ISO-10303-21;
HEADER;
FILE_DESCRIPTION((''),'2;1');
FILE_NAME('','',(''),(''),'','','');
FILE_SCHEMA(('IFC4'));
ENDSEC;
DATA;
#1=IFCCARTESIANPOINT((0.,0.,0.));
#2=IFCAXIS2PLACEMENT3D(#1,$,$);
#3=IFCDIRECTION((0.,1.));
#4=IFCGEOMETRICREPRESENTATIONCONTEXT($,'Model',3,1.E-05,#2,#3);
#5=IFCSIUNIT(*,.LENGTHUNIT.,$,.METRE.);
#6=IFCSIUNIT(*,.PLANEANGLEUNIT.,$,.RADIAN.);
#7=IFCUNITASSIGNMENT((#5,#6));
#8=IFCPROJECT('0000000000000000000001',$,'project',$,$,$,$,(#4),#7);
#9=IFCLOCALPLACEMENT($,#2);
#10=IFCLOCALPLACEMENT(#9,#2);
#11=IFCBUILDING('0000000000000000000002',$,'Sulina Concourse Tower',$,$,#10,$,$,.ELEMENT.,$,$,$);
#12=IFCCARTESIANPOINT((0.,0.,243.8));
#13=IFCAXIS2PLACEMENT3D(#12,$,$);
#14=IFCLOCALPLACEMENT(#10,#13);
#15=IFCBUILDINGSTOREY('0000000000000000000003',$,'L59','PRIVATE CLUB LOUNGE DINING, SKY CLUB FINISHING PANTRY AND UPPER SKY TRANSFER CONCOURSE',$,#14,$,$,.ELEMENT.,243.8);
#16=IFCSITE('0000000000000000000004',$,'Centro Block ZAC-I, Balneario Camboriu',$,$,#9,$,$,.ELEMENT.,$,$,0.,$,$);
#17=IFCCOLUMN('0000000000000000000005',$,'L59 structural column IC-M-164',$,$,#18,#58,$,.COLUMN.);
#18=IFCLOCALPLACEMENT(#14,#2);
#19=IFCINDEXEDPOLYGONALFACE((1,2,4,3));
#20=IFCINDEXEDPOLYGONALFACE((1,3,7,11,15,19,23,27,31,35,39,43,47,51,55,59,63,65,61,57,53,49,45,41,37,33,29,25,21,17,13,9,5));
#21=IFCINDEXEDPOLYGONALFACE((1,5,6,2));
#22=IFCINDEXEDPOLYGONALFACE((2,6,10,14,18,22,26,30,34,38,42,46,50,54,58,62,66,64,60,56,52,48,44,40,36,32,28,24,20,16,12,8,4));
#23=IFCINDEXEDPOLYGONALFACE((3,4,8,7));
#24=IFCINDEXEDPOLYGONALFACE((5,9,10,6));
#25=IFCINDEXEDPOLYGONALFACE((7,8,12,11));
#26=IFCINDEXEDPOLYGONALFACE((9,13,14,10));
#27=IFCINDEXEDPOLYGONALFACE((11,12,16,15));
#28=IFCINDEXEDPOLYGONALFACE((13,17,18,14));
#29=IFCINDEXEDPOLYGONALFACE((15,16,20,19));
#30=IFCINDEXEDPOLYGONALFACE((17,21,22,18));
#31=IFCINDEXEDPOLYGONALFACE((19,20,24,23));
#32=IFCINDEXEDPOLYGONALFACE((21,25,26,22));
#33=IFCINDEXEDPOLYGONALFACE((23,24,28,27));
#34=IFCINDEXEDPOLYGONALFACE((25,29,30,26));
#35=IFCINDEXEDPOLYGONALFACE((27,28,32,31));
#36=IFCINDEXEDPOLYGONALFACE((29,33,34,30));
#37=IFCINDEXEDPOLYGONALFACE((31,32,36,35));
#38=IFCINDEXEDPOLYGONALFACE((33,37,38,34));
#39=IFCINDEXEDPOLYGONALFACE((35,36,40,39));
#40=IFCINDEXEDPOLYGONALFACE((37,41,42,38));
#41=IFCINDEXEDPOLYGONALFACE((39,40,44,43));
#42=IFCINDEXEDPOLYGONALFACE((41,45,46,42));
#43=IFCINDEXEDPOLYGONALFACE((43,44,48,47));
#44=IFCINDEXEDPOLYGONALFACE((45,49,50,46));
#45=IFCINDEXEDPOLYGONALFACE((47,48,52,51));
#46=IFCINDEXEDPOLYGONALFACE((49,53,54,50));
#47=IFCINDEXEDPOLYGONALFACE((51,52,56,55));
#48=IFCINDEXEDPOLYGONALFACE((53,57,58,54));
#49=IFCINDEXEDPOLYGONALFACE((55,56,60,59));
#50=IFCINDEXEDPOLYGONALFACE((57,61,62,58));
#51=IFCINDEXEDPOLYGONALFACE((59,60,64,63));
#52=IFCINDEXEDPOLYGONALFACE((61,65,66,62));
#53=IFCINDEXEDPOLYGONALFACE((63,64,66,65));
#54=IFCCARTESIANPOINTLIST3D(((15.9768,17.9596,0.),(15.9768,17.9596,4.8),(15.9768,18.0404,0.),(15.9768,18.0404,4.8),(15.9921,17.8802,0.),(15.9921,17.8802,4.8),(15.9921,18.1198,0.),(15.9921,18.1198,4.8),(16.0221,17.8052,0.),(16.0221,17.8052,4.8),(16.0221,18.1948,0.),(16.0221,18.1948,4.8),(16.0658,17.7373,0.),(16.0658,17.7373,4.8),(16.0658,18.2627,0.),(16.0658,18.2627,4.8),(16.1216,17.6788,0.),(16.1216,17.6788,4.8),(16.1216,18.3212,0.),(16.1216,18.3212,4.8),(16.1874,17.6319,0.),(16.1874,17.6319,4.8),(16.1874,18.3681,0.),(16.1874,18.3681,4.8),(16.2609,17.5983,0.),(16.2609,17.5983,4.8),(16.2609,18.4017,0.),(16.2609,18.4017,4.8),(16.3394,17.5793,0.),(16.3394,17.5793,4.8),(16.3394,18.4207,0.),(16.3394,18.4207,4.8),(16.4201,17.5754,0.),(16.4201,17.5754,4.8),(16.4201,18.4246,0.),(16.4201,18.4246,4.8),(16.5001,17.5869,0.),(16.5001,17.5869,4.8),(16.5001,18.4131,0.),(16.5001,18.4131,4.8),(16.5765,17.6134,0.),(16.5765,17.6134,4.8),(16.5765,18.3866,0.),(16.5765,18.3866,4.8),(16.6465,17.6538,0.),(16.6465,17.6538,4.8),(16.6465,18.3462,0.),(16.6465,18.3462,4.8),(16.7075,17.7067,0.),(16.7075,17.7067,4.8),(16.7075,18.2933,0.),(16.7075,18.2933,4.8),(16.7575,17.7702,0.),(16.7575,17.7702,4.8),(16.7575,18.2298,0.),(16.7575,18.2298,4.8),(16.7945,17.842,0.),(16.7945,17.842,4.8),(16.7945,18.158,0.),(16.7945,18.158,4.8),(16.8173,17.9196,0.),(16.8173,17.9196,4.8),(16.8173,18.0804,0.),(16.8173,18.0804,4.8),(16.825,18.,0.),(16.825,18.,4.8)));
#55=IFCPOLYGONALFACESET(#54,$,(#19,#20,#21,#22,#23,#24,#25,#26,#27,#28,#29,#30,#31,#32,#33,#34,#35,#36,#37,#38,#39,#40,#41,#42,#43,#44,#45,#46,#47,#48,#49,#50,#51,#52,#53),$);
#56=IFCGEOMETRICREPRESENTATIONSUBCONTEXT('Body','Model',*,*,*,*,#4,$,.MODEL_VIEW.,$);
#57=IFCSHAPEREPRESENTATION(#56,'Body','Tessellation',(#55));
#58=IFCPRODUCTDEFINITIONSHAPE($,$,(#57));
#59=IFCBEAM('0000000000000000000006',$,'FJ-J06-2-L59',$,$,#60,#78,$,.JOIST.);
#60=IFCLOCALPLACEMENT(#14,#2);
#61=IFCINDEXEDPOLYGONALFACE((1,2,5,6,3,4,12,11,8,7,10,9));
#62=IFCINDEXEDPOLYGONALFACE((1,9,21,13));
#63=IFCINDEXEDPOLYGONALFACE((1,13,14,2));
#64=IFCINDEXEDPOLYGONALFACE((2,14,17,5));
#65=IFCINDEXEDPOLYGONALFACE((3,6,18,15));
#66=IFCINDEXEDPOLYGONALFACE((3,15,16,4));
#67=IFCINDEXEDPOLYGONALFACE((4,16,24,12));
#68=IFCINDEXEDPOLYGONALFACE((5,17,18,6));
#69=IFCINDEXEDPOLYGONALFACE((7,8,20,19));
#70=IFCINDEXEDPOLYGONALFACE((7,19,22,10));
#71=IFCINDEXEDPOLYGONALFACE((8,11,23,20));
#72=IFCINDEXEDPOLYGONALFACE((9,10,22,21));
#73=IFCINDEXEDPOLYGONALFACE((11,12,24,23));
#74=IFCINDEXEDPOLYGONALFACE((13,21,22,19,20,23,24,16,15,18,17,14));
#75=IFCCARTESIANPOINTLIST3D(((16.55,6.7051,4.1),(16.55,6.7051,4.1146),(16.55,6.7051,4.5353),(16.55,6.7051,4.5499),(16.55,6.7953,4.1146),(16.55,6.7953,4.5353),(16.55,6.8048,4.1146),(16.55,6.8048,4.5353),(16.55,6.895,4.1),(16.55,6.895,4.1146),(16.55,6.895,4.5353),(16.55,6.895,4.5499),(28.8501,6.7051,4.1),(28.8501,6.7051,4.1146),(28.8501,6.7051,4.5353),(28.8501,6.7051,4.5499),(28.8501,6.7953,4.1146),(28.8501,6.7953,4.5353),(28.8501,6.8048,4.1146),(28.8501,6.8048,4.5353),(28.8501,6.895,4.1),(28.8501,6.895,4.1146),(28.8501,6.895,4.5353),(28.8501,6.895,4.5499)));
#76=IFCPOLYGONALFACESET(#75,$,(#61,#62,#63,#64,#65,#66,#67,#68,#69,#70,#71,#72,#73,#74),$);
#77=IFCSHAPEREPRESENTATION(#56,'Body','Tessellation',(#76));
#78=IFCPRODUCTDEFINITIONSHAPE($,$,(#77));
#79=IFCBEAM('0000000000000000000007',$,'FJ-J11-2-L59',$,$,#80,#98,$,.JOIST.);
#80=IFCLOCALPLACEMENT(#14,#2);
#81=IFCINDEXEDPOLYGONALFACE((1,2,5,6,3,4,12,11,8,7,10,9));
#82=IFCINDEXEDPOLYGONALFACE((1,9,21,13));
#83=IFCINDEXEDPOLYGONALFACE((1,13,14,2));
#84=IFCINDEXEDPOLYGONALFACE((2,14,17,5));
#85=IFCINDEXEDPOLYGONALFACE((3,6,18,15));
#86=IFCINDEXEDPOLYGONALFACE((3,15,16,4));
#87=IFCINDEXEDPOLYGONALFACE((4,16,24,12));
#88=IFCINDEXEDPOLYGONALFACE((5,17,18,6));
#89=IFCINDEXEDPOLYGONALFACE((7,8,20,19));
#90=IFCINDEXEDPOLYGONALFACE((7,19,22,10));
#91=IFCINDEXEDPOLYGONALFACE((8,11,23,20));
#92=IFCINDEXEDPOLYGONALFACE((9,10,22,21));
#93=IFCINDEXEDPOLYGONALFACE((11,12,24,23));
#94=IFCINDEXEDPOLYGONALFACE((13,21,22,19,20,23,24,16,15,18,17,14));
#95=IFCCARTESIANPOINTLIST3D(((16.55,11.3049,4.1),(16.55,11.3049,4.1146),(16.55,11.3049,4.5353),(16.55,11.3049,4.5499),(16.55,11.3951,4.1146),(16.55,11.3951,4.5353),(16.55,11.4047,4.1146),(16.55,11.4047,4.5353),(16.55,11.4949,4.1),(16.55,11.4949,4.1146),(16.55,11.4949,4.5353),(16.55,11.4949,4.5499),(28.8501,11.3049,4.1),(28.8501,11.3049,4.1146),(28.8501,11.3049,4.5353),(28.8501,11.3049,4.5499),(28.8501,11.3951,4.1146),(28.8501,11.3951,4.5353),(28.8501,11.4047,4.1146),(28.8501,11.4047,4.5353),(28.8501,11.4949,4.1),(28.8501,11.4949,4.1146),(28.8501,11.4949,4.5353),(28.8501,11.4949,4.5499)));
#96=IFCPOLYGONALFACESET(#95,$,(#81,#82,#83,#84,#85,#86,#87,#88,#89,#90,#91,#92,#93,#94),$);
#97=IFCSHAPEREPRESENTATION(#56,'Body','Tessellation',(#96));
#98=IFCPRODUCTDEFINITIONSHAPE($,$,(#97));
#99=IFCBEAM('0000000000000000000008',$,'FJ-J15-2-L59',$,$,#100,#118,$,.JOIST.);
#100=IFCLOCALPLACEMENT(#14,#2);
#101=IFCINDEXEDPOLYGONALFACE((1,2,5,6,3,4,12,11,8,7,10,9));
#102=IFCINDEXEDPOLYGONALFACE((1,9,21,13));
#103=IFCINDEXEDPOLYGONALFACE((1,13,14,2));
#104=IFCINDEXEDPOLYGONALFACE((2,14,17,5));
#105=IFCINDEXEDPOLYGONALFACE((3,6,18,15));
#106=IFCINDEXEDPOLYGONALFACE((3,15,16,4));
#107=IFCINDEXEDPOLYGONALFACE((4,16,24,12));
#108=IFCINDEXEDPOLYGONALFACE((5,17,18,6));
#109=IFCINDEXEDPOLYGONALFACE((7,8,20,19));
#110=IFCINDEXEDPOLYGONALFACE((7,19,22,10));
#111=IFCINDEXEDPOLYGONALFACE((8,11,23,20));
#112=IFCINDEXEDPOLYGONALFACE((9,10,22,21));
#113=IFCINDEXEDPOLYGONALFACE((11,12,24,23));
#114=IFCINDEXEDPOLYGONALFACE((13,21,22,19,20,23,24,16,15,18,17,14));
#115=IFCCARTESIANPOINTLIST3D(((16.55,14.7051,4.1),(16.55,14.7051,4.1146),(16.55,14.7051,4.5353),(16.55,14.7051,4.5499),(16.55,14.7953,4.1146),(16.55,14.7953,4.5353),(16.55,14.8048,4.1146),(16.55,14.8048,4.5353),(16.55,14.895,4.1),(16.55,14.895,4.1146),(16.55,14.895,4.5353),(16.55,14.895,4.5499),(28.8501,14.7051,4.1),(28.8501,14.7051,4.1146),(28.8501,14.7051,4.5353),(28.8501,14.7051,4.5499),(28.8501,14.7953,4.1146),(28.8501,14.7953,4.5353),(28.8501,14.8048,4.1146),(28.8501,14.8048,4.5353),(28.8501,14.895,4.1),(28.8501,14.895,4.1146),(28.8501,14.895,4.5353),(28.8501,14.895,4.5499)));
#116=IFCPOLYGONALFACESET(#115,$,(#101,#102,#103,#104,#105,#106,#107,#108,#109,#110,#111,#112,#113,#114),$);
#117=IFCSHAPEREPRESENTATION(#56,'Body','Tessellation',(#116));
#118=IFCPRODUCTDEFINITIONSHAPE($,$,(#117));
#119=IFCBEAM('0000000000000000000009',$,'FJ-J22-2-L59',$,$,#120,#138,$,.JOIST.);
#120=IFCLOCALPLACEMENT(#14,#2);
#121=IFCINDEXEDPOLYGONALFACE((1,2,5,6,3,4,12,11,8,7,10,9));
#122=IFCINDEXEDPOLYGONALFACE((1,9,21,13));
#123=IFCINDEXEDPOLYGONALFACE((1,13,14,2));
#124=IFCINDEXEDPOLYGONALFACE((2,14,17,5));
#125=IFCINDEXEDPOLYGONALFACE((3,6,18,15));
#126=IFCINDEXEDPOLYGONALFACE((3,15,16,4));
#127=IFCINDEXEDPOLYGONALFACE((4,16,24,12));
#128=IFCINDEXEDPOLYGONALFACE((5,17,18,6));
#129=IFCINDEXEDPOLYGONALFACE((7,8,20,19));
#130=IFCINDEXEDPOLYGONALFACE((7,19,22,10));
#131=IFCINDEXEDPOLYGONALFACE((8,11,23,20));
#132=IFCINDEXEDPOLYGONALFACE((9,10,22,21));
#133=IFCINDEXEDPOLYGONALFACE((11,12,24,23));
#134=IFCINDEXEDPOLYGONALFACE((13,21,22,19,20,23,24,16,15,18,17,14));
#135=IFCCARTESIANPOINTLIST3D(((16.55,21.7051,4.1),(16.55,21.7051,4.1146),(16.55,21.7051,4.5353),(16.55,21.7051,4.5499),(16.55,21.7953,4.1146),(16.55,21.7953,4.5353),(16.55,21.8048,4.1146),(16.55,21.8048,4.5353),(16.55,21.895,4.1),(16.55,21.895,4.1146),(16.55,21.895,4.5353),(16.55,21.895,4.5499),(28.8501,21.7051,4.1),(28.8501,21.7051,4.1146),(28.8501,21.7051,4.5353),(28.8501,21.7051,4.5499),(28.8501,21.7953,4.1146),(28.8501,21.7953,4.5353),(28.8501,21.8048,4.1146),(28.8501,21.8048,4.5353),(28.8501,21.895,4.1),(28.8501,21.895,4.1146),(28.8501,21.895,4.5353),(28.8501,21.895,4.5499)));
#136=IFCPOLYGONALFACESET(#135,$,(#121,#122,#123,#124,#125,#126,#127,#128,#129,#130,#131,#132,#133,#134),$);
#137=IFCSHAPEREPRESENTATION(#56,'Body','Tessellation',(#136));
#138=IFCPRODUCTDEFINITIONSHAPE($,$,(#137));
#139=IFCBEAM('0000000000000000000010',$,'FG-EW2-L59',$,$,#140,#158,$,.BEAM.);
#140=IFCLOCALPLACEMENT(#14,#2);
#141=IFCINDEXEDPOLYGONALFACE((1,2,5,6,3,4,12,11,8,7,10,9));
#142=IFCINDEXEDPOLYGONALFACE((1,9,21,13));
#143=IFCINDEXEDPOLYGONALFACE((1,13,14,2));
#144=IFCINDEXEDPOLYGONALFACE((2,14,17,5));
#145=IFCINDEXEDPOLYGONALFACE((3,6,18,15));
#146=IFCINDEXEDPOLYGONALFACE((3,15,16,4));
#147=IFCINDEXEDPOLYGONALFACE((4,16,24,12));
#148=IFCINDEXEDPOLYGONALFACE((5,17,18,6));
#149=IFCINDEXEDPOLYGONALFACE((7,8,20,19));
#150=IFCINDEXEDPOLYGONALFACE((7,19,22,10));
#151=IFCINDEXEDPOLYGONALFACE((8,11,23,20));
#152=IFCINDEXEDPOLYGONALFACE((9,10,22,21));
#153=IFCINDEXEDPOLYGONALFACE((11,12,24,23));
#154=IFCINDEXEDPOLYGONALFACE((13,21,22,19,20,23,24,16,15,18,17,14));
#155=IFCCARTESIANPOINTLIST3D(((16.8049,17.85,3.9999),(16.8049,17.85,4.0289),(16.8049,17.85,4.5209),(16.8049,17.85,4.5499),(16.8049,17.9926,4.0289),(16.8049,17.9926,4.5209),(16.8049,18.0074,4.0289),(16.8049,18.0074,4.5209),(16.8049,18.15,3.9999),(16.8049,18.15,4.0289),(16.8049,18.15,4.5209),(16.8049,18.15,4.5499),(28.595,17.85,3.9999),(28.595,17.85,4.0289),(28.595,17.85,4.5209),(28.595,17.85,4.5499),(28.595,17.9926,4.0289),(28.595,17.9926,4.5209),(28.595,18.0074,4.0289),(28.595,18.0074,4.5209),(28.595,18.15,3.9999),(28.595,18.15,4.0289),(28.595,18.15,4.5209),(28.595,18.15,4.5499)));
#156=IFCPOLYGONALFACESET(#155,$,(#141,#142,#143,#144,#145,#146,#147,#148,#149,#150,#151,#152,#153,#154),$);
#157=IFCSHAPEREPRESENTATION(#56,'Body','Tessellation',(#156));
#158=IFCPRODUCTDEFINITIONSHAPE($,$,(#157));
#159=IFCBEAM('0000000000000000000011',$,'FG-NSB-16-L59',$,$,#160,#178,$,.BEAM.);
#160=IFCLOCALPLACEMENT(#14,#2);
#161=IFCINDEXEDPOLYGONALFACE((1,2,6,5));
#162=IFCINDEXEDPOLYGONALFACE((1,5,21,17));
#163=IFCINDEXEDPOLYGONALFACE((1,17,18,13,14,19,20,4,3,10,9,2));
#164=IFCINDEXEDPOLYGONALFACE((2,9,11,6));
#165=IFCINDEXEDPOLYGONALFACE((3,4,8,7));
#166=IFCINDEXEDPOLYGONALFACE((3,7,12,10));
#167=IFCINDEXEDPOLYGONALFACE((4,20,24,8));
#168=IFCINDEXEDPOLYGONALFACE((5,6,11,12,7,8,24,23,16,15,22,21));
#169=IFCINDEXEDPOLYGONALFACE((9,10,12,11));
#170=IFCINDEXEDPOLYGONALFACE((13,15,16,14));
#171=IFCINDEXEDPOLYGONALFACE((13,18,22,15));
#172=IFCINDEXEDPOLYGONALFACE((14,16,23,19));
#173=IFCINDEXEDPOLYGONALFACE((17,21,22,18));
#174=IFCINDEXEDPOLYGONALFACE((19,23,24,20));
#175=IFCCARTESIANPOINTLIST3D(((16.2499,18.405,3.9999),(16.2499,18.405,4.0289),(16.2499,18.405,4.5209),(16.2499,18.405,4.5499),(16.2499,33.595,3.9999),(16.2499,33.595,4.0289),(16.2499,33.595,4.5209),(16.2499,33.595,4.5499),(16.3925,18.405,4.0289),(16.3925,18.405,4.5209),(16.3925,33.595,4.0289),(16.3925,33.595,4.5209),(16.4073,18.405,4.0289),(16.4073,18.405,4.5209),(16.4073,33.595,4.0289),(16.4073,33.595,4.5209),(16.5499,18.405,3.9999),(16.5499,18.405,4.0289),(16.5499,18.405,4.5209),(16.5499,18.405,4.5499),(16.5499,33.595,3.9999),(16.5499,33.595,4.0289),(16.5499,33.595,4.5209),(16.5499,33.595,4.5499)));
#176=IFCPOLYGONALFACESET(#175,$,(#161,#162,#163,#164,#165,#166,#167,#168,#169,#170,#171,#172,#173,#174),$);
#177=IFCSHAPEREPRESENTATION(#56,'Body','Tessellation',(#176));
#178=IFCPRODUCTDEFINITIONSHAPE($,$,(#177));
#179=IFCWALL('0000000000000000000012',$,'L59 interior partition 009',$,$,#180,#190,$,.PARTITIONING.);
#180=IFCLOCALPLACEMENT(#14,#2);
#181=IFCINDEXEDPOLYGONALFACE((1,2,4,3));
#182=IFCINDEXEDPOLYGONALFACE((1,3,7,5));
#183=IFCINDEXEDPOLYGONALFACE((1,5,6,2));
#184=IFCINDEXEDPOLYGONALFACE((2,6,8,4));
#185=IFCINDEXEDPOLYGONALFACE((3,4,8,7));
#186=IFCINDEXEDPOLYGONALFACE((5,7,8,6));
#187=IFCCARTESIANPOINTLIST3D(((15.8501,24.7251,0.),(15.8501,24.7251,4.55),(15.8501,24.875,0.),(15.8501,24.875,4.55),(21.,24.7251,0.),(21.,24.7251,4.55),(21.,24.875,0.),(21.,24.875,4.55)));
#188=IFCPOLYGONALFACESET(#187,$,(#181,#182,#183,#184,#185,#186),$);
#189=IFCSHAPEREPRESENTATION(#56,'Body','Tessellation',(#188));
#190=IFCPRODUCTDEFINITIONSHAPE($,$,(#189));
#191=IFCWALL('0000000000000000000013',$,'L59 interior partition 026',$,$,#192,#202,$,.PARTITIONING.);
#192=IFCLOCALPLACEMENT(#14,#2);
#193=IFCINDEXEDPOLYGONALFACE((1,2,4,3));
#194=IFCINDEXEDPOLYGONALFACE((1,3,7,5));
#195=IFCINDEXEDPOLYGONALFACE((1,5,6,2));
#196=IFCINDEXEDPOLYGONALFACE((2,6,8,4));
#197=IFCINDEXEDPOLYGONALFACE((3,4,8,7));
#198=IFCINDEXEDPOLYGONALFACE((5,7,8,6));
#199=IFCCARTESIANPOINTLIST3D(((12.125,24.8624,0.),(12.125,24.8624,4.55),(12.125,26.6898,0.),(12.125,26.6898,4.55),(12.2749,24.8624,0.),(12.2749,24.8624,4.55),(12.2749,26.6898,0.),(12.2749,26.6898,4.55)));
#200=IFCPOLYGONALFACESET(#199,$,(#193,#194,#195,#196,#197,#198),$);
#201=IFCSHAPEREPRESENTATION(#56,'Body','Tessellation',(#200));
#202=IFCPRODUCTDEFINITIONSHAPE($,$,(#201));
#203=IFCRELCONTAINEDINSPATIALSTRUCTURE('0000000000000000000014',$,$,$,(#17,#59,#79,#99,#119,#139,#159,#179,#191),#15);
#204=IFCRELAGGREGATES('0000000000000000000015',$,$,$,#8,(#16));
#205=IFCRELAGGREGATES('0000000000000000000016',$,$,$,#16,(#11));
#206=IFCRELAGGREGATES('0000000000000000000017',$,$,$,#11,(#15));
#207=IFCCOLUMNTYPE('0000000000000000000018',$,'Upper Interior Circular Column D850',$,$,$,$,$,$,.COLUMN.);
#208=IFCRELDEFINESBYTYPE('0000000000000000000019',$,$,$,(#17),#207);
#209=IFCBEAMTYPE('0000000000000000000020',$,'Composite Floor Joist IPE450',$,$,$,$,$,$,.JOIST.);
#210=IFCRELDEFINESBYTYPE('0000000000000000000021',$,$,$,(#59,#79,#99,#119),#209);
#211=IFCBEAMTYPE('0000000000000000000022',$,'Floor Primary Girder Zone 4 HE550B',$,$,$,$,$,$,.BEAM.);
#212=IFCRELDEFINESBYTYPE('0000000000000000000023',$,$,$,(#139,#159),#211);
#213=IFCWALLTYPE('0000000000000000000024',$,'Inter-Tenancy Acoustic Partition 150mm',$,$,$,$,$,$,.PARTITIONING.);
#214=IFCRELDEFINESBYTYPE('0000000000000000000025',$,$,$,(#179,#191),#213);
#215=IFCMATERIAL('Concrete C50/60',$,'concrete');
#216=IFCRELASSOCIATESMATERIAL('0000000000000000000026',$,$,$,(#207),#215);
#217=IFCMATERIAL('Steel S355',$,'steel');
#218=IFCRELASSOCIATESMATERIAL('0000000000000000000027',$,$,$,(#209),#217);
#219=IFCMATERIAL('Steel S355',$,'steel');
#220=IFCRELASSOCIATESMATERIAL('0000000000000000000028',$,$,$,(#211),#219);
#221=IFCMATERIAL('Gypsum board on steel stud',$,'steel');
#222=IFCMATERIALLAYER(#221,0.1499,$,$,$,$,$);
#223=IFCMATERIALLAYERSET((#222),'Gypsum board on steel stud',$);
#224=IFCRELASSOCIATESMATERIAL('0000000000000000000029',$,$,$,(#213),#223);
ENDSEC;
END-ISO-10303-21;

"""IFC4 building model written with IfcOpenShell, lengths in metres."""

from ifc_helpers import new_model, si_unit, direction, frame, frame_2d, origin, origin_2d, place, context, subcontext, project, spatial, rectangle, circle, i_section, extrude, material, layer, layer_set, material_profile, profile_set, type_object, element, save


model = new_model("IFC4")

# Units and contexts
model_context = context("Model", 3, precision=1e-05, world=origin(), true_north=direction((0.0, 1.0)))
body_context = subcontext(model_context, "Body", "Model", "MODEL_VIEW")
ifc_project = project(units=[si_unit("LENGTHUNIT", "METRE"), si_unit("PLANEANGLEUNIT", "RADIAN")], contexts=[model_context])

# Site, building, storey
site_placement = place(None, origin())
site = spatial("IfcSite", under=ifc_project, at=site_placement, Name="Centro Block ZAC-I, Balneario Camboriu", CompositionType="ELEMENT", RefElevation=0.0)
building_placement = place(site_placement, origin())
building = spatial("IfcBuilding", under=site, at=building_placement, Name="Sulina Concourse Tower", CompositionType="ELEMENT")
storey_placement = place(building_placement, frame((0.0, 0.0, 243.8)))
storey = spatial("IfcBuildingStorey", under=building, at=storey_placement, Name="L59", Description="PRIVATE CLUB LOUNGE DINING, SKY CLUB FINISHING PANTRY AND UPPER SKY TRANSFER CONCOURSE", CompositionType="ELEMENT", Elevation=243.8)

# Column
ifc_material_1 = material(Name="Concrete C50/60", Category="concrete")
ifc_material_profile_1 = material_profile(ifc_material_1, circle(Radius=0.425, at=origin_2d()), Name="RC D850")
ifc_profile_set_1 = profile_set([ifc_material_profile_1], Name="Concrete C50/60")
column_type = type_object("IfcColumnType", Name="Upper Interior Circular Column D850", PredefinedType="COLUMN", material=ifc_profile_set_1)
column_placement = place(storey_placement, frame((16.3999, 18.0, 0.0), z_axis=(0.0, 0.0, 1.0), x_axis=(1.0, 0.0, 0.0)))
element("IfcColumn", 1, at=column_placement, inside=storey, type_object=column_type, Name="L59 structural column IC-M-164", PredefinedType="COLUMN", context=body_context, shape_type="SweptSolid", body=[
    extrude(circle(Radius=0.425, at=origin_2d()), origin(), (0.0, 0.0, 1.0), 4.8),
])

# Beams
ifc_material_2 = material(Name="Steel S355", Category="steel")
ifc_material_profile_2 = material_profile(ifc_material_2, i_section(OverallWidth=0.1899, OverallDepth=0.45, WebThickness=0.0095, FlangeThickness=0.0146, at=origin_2d()), Name="IPE 450")
ifc_profile_set_2 = profile_set([ifc_material_profile_2], Name="Steel S355")
beam_type_1 = type_object("IfcBeamType", Name="Composite Floor Joist IPE450", PredefinedType="JOIST", material=ifc_profile_set_2)
for number, where, z_axis, x_axis, name in (
    (2, (16.55, 6.8, 4.325), (1.0, 0.0, 0.0), (0.0, 1.0, 0.0), "FJ-J06-2-L59"),
    (3, (16.55, 11.3999, 4.325), (1.0, 0.0, 0.0), (0.0, 1.0, 0.0), "FJ-J11-2-L59"),
    (4, (16.55, 14.8, 4.325), (1.0, 0.0, 0.0), (0.0, 1.0, 0.0), "FJ-J15-2-L59"),
    (5, (16.55, 21.8, 4.325), (1.0, 0.0, 0.0), (0.0, 1.0, 0.0), "FJ-J22-2-L59"),
):
    element("IfcBeam", number, at=place(storey_placement, frame(where, z_axis=z_axis, x_axis=x_axis)), inside=storey, type_object=beam_type_1, Name=name, PredefinedType="JOIST", context=body_context, shape_type="SweptSolid", body=[
        extrude(i_section(OverallWidth=0.1899, OverallDepth=0.45, WebThickness=0.0095, FlangeThickness=0.0146, at=origin_2d()), origin(), (0.0, 0.0, 1.0), 12.3),
    ])
ifc_material_3 = material(Name="Steel S355", Category="steel")
ifc_material_profile_3 = material_profile(ifc_material_3, i_section(OverallWidth=0.3, OverallDepth=0.55, WebThickness=0.0149, FlangeThickness=0.0291, at=origin_2d()), Name="HE 550 B")
ifc_profile_set_3 = profile_set([ifc_material_profile_3], Name="Steel S355")
beam_type_2 = type_object("IfcBeamType", Name="Floor Primary Girder Zone 4 HE550B", PredefinedType="BEAM", material=ifc_profile_set_3)
beam_1_placement = place(storey_placement, frame((16.8049, 18.0, 4.2749), z_axis=(1.0, 0.0, 0.0), x_axis=(0.0, 1.0, 0.0)))
element("IfcBeam", 6, at=beam_1_placement, inside=storey, type_object=beam_type_2, Name="FG-EW2-L59", PredefinedType="BEAM", context=body_context, shape_type="SweptSolid", body=[
    extrude(i_section(OverallWidth=0.3, OverallDepth=0.55, WebThickness=0.0149, FlangeThickness=0.0291, at=origin_2d()), origin(), (0.0, 0.0, 1.0), 11.79),
])
beam_2_placement = place(storey_placement, frame((16.3999, 18.405, 4.2749), z_axis=(0.0, 1.0, 0.0), x_axis=(-1.0, 0.0, 0.0)))
element("IfcBeam", 7, at=beam_2_placement, inside=storey, type_object=beam_type_2, Name="FG-NSB-16-L59", PredefinedType="BEAM", context=body_context, shape_type="SweptSolid", body=[
    extrude(i_section(OverallWidth=0.3, OverallDepth=0.55, WebThickness=0.0149, FlangeThickness=0.0291, at=origin_2d()), origin(), (0.0, 0.0, 1.0), 15.1899),
])

# Walls
ifc_material_4 = material(Name="Gypsum board on steel stud", Category="steel")
ifc_layer_1 = layer(ifc_material_4, 0.1499)
ifc_layer_set_1 = layer_set([ifc_layer_1], Name="Gypsum board on steel stud")
wall_type_1 = type_object("IfcWallType", Name="Inter-Tenancy Acoustic Partition 150mm", PredefinedType="PARTITIONING", material=ifc_layer_set_1)
wall_1_placement = place(storey_placement, frame((15.8501, 24.8, 0.0), z_axis=(0.0, 0.0, 1.0), x_axis=(1.0, 0.0, 0.0)))
element("IfcWall", 8, at=wall_1_placement, inside=storey, type_object=wall_type_1, Name="L59 interior partition 009", PredefinedType="PARTITIONING", context=body_context, shape_type="SweptSolid", body=[
    extrude(rectangle(XDim=5.1499, YDim=0.1499, at=frame_2d((2.575, 0.0))), origin(), (0.0, 0.0, 1.0), 4.55),
])
wall_2_placement = place(storey_placement, frame((12.2, 24.8625, 0.0), z_axis=(0.0, 0.0, 1.0), x_axis=(0.0, 1.0, 0.0)))
element("IfcWall", 9, at=wall_2_placement, inside=storey, type_object=wall_type_1, Name="L59 interior partition 026", PredefinedType="PARTITIONING", context=body_context, shape_type="SweptSolid", body=[
    extrude(rectangle(XDim=1.8274, YDim=0.1499, at=frame_2d((0.9136, 0.0))), origin(), (0.0, 0.0, 1.0), 4.55),
])

save(model, "model.ifc")
